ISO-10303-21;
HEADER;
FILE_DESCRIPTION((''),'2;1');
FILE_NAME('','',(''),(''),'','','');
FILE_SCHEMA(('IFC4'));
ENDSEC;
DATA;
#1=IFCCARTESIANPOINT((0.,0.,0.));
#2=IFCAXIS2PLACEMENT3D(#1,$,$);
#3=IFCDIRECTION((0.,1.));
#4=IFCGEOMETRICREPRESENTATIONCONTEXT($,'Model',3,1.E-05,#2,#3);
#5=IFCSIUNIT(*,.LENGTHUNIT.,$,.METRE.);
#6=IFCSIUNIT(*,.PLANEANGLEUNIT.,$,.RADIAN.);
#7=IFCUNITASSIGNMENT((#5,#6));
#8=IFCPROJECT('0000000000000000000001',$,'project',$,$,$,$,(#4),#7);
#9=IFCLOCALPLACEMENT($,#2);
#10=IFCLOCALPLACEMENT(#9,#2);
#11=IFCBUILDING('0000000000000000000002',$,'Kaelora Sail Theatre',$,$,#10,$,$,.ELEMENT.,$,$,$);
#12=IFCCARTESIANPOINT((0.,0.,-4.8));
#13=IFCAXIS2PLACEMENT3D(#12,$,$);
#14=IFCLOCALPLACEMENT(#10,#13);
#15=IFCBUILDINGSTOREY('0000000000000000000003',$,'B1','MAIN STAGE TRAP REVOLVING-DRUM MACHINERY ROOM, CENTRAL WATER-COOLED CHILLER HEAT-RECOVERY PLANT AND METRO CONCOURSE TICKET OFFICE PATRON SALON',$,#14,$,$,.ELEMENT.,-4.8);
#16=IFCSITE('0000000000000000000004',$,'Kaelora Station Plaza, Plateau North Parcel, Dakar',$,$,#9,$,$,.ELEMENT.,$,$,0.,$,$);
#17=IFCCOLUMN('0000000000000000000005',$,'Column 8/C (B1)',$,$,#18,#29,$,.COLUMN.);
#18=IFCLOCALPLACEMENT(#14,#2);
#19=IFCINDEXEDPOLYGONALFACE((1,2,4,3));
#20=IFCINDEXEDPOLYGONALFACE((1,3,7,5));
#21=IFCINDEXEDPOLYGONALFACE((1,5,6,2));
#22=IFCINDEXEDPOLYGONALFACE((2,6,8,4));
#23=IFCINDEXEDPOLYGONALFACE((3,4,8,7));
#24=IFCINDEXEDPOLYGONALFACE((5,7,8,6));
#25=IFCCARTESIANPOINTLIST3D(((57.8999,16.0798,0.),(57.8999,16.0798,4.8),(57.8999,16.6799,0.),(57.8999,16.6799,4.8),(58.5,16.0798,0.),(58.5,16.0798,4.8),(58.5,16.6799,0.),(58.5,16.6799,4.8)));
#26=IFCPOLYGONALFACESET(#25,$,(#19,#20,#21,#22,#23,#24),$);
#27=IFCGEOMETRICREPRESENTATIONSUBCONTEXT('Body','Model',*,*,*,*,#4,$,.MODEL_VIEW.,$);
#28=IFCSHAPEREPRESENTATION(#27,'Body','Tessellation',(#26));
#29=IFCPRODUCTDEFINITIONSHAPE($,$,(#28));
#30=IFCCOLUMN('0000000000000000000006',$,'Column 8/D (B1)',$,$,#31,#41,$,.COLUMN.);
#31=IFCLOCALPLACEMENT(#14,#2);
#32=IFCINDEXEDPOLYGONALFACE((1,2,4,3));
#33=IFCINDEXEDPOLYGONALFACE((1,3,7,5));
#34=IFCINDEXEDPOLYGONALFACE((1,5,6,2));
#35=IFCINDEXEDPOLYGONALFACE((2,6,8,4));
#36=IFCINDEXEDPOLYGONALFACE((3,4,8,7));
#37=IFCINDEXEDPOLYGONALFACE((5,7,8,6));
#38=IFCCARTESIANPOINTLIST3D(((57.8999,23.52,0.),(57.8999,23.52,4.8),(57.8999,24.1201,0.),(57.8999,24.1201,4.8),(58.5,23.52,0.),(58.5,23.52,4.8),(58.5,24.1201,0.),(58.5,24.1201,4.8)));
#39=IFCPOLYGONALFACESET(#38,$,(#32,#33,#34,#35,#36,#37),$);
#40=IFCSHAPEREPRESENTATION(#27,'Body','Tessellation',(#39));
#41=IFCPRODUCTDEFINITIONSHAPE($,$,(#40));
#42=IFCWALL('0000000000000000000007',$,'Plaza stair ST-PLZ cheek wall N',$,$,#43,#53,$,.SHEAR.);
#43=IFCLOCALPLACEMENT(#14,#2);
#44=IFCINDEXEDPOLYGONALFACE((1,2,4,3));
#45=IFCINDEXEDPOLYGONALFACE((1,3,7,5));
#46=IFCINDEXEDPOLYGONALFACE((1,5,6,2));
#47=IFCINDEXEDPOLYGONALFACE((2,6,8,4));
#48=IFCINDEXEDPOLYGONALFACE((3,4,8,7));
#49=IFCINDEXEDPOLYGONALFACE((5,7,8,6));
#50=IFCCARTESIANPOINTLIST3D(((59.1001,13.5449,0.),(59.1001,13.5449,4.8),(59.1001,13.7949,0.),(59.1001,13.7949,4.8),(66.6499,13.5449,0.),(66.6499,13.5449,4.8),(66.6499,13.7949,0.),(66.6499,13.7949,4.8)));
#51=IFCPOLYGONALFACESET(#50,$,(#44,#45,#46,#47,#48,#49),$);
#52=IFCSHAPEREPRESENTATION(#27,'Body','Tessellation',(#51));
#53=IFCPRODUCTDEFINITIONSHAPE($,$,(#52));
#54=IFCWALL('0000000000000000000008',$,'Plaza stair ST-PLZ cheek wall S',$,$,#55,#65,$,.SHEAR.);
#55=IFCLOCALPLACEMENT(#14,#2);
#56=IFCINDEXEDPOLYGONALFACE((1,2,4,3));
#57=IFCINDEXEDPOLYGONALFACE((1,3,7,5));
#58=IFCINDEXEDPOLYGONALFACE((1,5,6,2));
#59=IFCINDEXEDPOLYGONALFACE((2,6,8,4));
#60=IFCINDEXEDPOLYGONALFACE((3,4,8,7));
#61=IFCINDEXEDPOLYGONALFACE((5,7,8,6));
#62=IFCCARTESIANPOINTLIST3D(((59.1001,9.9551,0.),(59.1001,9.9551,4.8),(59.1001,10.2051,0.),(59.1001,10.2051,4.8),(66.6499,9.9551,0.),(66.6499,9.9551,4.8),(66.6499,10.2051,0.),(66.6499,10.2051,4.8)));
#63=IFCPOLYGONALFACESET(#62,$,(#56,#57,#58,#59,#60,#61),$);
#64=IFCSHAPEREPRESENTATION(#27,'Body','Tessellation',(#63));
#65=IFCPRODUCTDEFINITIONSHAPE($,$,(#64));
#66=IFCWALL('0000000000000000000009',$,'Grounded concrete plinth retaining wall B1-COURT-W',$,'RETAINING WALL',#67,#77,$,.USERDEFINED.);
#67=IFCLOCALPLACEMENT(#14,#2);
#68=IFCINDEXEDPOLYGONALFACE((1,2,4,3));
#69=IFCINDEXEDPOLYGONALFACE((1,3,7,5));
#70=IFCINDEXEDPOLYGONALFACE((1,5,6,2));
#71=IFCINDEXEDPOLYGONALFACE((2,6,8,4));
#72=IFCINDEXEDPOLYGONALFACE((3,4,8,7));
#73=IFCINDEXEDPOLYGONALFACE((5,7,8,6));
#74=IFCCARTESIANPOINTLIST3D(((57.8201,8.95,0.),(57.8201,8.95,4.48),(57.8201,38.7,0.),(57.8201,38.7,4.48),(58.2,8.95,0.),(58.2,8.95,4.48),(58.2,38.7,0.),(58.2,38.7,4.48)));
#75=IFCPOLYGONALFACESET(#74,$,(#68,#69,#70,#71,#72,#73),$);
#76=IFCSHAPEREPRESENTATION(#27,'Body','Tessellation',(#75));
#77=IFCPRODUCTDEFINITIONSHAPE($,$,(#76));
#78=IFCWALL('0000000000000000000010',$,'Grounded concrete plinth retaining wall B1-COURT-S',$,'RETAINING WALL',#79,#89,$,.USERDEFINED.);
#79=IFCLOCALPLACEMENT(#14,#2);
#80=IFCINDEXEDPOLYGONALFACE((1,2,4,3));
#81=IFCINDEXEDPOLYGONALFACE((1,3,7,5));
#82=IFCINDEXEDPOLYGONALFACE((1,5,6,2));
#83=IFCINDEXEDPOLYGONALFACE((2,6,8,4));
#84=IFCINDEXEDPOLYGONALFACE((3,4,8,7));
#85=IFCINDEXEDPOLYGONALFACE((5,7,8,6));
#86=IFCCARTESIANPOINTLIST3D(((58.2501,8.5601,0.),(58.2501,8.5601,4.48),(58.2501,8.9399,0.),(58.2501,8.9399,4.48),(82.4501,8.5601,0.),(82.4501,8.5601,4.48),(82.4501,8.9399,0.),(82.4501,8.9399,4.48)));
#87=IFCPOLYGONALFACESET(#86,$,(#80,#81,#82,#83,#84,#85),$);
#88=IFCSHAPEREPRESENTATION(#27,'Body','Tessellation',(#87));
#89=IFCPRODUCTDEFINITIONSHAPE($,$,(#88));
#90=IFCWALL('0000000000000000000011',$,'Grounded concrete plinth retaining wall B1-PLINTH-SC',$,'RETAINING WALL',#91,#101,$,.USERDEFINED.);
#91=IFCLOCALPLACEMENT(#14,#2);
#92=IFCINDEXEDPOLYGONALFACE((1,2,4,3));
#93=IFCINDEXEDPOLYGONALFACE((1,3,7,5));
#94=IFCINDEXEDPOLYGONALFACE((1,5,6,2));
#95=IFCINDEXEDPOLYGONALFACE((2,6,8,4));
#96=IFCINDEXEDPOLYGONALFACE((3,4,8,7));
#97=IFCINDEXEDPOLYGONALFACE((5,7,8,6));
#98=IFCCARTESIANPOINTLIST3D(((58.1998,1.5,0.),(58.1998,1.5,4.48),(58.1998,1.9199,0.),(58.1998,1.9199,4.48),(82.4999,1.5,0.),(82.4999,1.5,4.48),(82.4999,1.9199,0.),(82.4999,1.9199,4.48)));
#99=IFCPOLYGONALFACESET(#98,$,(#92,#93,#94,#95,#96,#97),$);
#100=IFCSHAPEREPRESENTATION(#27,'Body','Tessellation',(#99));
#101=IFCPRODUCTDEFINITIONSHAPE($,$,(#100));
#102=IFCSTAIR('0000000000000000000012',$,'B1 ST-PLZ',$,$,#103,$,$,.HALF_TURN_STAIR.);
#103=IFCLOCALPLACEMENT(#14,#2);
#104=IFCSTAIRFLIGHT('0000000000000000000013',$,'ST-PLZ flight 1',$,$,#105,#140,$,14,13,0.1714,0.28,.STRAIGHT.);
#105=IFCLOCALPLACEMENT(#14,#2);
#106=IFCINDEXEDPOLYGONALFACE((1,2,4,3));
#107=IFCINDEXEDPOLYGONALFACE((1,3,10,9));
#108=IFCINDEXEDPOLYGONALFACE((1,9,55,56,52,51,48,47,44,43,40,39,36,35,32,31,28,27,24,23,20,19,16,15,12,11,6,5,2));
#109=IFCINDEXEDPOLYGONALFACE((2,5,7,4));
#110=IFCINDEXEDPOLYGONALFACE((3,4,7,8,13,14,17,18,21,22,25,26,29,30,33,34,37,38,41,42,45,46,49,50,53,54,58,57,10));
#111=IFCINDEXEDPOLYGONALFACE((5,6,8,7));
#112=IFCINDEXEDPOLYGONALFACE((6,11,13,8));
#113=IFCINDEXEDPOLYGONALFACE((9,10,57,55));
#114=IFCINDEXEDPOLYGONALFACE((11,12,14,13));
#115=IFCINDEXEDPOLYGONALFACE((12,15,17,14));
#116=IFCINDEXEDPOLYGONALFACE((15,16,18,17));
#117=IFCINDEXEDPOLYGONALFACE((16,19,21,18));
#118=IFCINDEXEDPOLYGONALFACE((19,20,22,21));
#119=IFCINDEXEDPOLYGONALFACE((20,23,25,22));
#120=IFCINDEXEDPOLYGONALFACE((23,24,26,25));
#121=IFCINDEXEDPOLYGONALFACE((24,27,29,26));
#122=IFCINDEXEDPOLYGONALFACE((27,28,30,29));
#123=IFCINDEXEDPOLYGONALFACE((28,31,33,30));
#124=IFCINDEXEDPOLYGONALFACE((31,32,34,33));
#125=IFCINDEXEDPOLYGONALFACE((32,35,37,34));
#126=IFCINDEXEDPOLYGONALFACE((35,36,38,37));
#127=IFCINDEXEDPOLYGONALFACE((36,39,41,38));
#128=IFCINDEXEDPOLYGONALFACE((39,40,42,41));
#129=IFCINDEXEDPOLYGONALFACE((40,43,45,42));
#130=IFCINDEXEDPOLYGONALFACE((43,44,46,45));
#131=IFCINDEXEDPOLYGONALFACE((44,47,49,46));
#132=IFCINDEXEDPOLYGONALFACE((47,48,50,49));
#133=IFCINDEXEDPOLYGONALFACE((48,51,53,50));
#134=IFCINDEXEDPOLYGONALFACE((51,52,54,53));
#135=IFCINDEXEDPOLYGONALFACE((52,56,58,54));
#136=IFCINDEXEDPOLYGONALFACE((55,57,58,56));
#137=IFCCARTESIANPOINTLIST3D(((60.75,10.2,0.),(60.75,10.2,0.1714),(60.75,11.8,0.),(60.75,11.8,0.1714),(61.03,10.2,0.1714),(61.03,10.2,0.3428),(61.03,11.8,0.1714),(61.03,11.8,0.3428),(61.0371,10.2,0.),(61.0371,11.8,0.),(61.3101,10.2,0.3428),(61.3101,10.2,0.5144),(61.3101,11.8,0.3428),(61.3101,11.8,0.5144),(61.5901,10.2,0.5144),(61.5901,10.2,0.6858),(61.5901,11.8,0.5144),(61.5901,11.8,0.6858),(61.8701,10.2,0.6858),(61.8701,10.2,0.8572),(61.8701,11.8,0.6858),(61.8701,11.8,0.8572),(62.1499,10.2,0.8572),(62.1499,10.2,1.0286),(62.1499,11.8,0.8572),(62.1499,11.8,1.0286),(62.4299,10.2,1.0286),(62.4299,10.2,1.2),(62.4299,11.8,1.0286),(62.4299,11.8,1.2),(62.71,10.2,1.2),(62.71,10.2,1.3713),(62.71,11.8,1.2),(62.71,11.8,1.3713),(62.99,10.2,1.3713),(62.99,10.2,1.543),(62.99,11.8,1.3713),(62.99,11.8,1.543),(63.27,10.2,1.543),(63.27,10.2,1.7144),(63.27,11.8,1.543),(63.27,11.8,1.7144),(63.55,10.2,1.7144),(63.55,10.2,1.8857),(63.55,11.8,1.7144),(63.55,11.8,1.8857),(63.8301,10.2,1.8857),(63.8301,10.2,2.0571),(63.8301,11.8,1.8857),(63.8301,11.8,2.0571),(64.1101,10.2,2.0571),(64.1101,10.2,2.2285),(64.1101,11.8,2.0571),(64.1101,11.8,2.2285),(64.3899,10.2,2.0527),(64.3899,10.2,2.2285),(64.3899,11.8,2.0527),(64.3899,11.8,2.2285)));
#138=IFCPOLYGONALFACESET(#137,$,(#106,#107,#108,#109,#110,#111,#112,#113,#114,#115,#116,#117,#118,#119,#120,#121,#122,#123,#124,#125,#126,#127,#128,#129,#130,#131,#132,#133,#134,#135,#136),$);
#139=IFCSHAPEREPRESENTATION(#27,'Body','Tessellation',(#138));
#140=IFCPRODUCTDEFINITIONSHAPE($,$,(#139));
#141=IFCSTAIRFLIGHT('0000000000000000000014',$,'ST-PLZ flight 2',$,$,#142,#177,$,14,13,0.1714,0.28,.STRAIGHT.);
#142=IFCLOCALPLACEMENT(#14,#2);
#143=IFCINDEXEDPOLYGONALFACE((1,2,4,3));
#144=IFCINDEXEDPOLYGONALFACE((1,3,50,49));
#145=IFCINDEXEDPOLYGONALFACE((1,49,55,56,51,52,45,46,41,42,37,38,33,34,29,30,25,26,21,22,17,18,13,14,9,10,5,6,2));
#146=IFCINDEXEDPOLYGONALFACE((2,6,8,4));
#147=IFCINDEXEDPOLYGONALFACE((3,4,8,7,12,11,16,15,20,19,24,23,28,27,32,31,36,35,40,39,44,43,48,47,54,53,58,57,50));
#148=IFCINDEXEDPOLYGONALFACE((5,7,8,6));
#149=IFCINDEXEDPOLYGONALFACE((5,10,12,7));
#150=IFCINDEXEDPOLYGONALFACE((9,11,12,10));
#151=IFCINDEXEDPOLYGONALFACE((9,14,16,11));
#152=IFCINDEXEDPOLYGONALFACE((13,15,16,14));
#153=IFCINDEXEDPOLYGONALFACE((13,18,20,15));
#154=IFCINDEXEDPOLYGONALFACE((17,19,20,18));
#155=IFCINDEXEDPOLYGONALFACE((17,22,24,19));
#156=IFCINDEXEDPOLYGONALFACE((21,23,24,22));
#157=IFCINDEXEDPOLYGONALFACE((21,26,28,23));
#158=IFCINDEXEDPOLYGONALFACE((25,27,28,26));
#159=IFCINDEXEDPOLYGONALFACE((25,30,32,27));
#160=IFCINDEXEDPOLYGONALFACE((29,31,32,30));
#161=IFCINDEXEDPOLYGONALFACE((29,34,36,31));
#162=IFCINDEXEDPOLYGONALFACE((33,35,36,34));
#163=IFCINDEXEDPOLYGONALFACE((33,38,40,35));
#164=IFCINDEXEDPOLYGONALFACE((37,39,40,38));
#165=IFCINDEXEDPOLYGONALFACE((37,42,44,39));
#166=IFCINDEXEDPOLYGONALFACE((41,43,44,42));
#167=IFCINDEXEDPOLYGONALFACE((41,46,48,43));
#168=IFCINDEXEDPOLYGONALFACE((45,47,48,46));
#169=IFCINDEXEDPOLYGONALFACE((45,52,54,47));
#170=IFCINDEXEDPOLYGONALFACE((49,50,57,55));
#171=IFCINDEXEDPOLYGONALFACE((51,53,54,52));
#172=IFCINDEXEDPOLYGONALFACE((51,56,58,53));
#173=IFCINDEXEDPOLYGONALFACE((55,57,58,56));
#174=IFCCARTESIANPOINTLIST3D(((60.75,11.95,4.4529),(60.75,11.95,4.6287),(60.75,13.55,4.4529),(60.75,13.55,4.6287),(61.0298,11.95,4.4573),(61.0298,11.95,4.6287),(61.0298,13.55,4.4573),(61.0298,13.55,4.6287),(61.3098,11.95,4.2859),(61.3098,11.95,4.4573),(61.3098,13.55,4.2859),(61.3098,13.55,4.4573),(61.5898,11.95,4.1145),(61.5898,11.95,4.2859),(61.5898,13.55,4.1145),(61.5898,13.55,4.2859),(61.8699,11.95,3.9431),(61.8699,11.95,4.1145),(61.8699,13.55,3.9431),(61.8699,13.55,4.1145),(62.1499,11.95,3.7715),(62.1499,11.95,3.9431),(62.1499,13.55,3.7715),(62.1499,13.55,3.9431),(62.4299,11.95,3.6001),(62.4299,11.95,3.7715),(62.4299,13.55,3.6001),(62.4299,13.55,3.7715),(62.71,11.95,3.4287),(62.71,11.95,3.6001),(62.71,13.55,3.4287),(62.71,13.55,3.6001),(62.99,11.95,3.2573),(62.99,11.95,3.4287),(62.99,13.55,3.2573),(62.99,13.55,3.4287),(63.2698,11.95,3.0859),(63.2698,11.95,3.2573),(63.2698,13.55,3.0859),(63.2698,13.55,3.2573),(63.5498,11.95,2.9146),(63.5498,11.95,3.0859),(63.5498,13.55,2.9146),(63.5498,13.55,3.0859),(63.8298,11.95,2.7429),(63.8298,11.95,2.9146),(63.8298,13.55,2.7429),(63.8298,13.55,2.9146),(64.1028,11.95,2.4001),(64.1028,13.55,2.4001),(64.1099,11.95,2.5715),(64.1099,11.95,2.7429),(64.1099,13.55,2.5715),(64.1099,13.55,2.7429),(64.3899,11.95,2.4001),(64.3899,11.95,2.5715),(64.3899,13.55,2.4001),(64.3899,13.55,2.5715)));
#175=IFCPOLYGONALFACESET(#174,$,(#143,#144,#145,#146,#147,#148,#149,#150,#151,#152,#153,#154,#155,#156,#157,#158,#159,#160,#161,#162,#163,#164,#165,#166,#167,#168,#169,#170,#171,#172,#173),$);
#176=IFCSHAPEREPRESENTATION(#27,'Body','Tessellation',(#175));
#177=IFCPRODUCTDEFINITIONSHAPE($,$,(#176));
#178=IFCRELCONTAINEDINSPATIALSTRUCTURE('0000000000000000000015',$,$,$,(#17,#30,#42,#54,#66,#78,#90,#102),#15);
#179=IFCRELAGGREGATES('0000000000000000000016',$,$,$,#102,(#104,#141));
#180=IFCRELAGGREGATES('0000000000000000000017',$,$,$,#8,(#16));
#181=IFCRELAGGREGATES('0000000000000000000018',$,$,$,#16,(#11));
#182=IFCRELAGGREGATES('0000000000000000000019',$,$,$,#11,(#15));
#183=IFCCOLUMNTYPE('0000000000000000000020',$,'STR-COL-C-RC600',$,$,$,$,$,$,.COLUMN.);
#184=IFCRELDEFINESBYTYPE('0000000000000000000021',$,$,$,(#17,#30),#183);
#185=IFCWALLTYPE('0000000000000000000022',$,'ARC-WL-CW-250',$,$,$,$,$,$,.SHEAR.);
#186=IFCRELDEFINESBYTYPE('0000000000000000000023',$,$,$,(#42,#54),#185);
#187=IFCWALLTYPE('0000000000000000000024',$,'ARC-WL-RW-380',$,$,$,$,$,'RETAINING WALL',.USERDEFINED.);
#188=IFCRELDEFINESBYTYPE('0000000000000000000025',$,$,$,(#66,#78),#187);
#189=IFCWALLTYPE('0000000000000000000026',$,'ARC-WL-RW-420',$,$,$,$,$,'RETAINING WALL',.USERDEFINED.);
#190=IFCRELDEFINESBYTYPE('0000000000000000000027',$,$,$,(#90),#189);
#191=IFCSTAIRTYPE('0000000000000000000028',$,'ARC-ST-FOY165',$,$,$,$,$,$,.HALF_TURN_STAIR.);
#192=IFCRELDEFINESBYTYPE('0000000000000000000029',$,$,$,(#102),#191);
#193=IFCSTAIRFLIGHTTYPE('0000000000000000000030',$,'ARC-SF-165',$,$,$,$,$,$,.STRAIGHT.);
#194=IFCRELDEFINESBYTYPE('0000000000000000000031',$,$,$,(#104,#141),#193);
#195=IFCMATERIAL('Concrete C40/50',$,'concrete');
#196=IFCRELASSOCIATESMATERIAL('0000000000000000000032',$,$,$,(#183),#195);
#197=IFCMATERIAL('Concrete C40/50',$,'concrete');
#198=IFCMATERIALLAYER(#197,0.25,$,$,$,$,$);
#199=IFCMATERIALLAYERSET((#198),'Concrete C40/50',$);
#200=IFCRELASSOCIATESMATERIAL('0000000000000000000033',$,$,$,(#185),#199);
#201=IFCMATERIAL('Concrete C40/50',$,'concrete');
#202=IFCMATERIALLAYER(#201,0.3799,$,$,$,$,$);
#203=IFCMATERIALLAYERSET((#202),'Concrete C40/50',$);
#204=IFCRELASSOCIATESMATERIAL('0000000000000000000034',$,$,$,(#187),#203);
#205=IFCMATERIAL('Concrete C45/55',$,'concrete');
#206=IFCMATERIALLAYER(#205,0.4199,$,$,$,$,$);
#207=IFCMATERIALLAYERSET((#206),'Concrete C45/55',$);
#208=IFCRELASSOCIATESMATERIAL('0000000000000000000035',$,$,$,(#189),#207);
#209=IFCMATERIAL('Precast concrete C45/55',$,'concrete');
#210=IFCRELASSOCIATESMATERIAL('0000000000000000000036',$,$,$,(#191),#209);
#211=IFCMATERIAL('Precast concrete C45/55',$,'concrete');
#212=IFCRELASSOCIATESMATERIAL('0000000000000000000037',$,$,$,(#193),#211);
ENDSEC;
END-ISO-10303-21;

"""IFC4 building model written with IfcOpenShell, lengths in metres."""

from ifc_helpers import new_model, si_unit, direction, frame, frame_2d, origin, origin_2d, place, context, subcontext, project, spatial, polyline, rectangle, outline, extrude, material, layer, layer_set, material_profile, profile_set, type_object, element, aggregate, save


model = new_model("IFC4")

# Units and contexts
model_context = context("Model", 3, precision=1e-05, world=origin(), true_north=direction((0.0, 1.0)))
body_context = subcontext(model_context, "Body", "Model", "MODEL_VIEW")
ifc_project = project(units=[si_unit("LENGTHUNIT", "METRE"), si_unit("PLANEANGLEUNIT", "RADIAN")], contexts=[model_context])

# Site, building, storey
site_placement = place(None, origin())
site = spatial("IfcSite", under=ifc_project, at=site_placement, Name="Kaelora Station Plaza, Plateau North Parcel, Dakar", CompositionType="ELEMENT", RefElevation=0.0)
building_placement = place(site_placement, origin())
building = spatial("IfcBuilding", under=site, at=building_placement, Name="Kaelora Sail Theatre", CompositionType="ELEMENT")
storey_placement = place(building_placement, frame((0.0, 0.0, -4.8)))
storey = spatial("IfcBuildingStorey", under=building, at=storey_placement, Name="B1", Description="MAIN STAGE TRAP REVOLVING-DRUM MACHINERY ROOM, CENTRAL WATER-COOLED CHILLER HEAT-RECOVERY PLANT AND METRO CONCOURSE TICKET OFFICE PATRON SALON", CompositionType="ELEMENT", Elevation=-4.8)

# Columns
ifc_material_1 = material(Name="Concrete C40/50", Category="concrete")
ifc_material_profile_1 = material_profile(ifc_material_1, rectangle(XDim=0.6001, YDim=0.6001, at=origin_2d()), Name="RC-COL 600x600")
ifc_profile_set_1 = profile_set([ifc_material_profile_1], Name="Concrete C40/50")
column_type_1 = type_object("IfcColumnType", Name="STR-COL-C-RC600", PredefinedType="COLUMN", material=ifc_profile_set_1)
for number, where, z_axis, x_axis, name in (
    (1, (58.2, 16.3799, 0.0), (0.0, 0.0, 1.0), (1.0, 0.0, 0.0), "Column 8/C (B1)"),
    (2, (58.2, 23.8201, 0.0), (0.0, 0.0, 1.0), (1.0, 0.0, 0.0), "Column 8/D (B1)"),
):
    element("IfcColumn", number, at=place(storey_placement, frame(where, z_axis=z_axis, x_axis=x_axis)), inside=storey, type_object=column_type_1, Name=name, PredefinedType="COLUMN", context=body_context, shape_type="SweptSolid", body=[
        extrude(rectangle(XDim=0.6001, YDim=0.6001, at=origin_2d()), origin(), (0.0, 0.0, 1.0), 4.8),
    ])

# Walls
ifc_material_2 = material(Name="Concrete C40/50", Category="concrete")
ifc_layer_1 = layer(ifc_material_2, 0.25)
ifc_layer_set_1 = layer_set([ifc_layer_1], Name="Concrete C40/50")
wall_type_1 = type_object("IfcWallType", Name="ARC-WL-CW-250", PredefinedType="SHEAR", material=ifc_layer_set_1)
for number, where, z_axis, x_axis, name in (
    (3, (59.1001, 13.6699, 0.0), (0.0, 0.0, 1.0), (1.0, 0.0, 0.0), "Plaza stair ST-PLZ cheek wall N"),
    (4, (59.1001, 10.0801, 0.0), (0.0, 0.0, 1.0), (1.0, 0.0, 0.0), "Plaza stair ST-PLZ cheek wall S"),
):
    element("IfcWall", number, at=place(storey_placement, frame(where, z_axis=z_axis, x_axis=x_axis)), inside=storey, type_object=wall_type_1, Name=name, PredefinedType="SHEAR", context=body_context, shape_type="SweptSolid", body=[
        extrude(rectangle(XDim=7.5498, YDim=0.25, at=frame_2d((3.7749, 0.0))), origin(), (0.0, 0.0, 1.0), 4.8),
    ])
ifc_material_3 = material(Name="Concrete C40/50", Category="concrete")
ifc_layer_2 = layer(ifc_material_3, 0.3799)
ifc_layer_set_2 = layer_set([ifc_layer_2], Name="Concrete C40/50")
wall_type_2 = type_object("IfcWallType", Name="ARC-WL-RW-380", ElementType="RETAINING WALL", PredefinedType="USERDEFINED", material=ifc_layer_set_2)
wall_1_placement = place(storey_placement, frame((58.01, 8.95, 0.0), z_axis=(0.0, 0.0, 1.0), x_axis=(0.0, 1.0, 0.0)))
element("IfcWall", 5, at=wall_1_placement, inside=storey, type_object=wall_type_2, Name="Grounded concrete plinth retaining wall B1-COURT-W", ObjectType="RETAINING WALL", PredefinedType="USERDEFINED", context=body_context, shape_type="SweptSolid", body=[
    extrude(rectangle(XDim=29.75, YDim=0.3799, at=frame_2d((14.875, 0.0))), origin(), (0.0, 0.0, 1.0), 4.48),
])
wall_2_placement = place(storey_placement, frame((58.25, 8.75, 0.0), z_axis=(0.0, 0.0, 1.0), x_axis=(1.0, 0.0, 0.0)))
element("IfcWall", 6, at=wall_2_placement, inside=storey, type_object=wall_type_2, Name="Grounded concrete plinth retaining wall B1-COURT-S", ObjectType="RETAINING WALL", PredefinedType="USERDEFINED", context=body_context, shape_type="SweptSolid", body=[
    extrude(rectangle(XDim=24.2, YDim=0.3799, at=frame_2d((12.1001, 0.0))), origin(), (0.0, 0.0, 1.0), 4.48),
])
ifc_material_4 = material(Name="Concrete C45/55", Category="concrete")
ifc_layer_3 = layer(ifc_material_4, 0.4199)
ifc_layer_set_3 = layer_set([ifc_layer_3], Name="Concrete C45/55")
wall_type_3 = type_object("IfcWallType", Name="ARC-WL-RW-420", ElementType="RETAINING WALL", PredefinedType="USERDEFINED", material=ifc_layer_set_3)
wall_3_placement = place(storey_placement, frame((58.2, 1.71, 0.0), z_axis=(0.0, 0.0, 1.0), x_axis=(1.0, 0.0, 0.0)))
element("IfcWall", 7, at=wall_3_placement, inside=storey, type_object=wall_type_3, Name="Grounded concrete plinth retaining wall B1-PLINTH-SC", ObjectType="RETAINING WALL", PredefinedType="USERDEFINED", context=body_context, shape_type="SweptSolid", body=[
    extrude(rectangle(XDim=24.3, YDim=0.4199, at=frame_2d((12.1499, 0.0))), origin(), (0.0, 0.0, 1.0), 4.48),
])

# Stair, stair flights
ifc_material_5 = material(Name="Precast concrete C45/55", Category="concrete")
stair_type = type_object("IfcStairType", Name="ARC-ST-FOY165", PredefinedType="HALF_TURN_STAIR", material=ifc_material_5)
stair_placement = place(storey_placement, origin())
stair = element("IfcStair", 8, at=stair_placement, inside=storey, type_object=stair_type, Name="B1 ST-PLZ", PredefinedType="HALF_TURN_STAIR")
ifc_material_6 = material(Name="Precast concrete C45/55", Category="concrete")
stair_flight_type = type_object("IfcStairFlightType", Name="ARC-SF-165", PredefinedType="STRAIGHT", material=ifc_material_6)
stair_flight_1_placement = place(storey_placement, frame((60.75, 11.0, 0.0), z_axis=(0.0, 0.0, 1.0), x_axis=(1.0, 0.0, 0.0)))
stair_flight_1 = element("IfcStairFlight", 9, at=stair_flight_1_placement, type_object=stair_flight_type, Name="ST-PLZ flight 1", NumberOfRisers=14, NumberOfTreads=13, PredefinedType="STRAIGHT", RiserHeight=0.1714, TreadLength=0.28, context=body_context, shape_type="SweptSolid", body=[
    extrude(outline(polyline([(0.0, 0.0), (0.0, 0.1714), (0.28, 0.1714), (0.28, 0.3428), (0.5601, 0.3428), (0.5601, 0.5144), (0.8401, 0.5144), (0.8401, 0.6858), (1.1201, 0.6858), (1.1201, 0.8572), (1.3999, 0.8572), (1.3999, 1.0286), (1.6799, 1.0286), (1.6799, 1.2), (1.96, 1.2), (1.96, 1.3713), (2.24, 1.3713), (2.24, 1.543), (2.52, 1.543), (2.52, 1.7144), (2.8, 1.7144), (2.8, 1.8857), (3.0801, 1.8857), (3.0801, 2.0571), (3.3601, 2.0571), (3.3601, 2.2285), (3.6399, 2.2285), (3.6399, 2.3999), (3.6399, 2.0527), (0.2871, 0.0), (0.0, 0.0)])), frame((0.0, 0.8, 0.0), z_axis=(0.0, -1.0, 0.0), x_axis=(1.0, 0.0, 0.0)), (0.0, 0.0, 1.0), 1.6001),
])
stair_flight_2_placement = place(storey_placement, frame((64.3899, 12.75, 2.4001), z_axis=(0.0, 0.0, 1.0), x_axis=(-1.0, 0.0, 0.0)))
stair_flight_2 = element("IfcStairFlight", 10, at=stair_flight_2_placement, type_object=stair_flight_type, Name="ST-PLZ flight 2", NumberOfRisers=14, NumberOfTreads=13, PredefinedType="STRAIGHT", RiserHeight=0.1714, TreadLength=0.28, context=body_context, shape_type="SweptSolid", body=[
    extrude(outline(polyline([(0.0, 0.0), (0.0, 0.1714), (0.28, 0.1714), (0.28, 0.3428), (0.5601, 0.3428), (0.5601, 0.5144), (0.8401, 0.5144), (0.8401, 0.6858), (1.1201, 0.6858), (1.1201, 0.8572), (1.3999, 0.8572), (1.3999, 1.0286), (1.6799, 1.0286), (1.6799, 1.2), (1.96, 1.2), (1.96, 1.3713), (2.24, 1.3713), (2.24, 1.543), (2.52, 1.543), (2.52, 1.7144), (2.8, 1.7144), (2.8, 1.8857), (3.0801, 1.8857), (3.0801, 2.0571), (3.3601, 2.0571), (3.3601, 2.2285), (3.6399, 2.2285), (3.6399, 2.3999), (3.6399, 2.0527), (0.2871, 0.0), (0.0, 0.0)])), frame((0.0, 0.8, 0.0), z_axis=(0.0, -1.0, 0.0), x_axis=(1.0, 0.0, 0.0)), (0.0, 0.0, 1.0), 1.6001),
])
aggregate(stair, [stair_flight_1, stair_flight_2])

save(model, "model.ifc")
